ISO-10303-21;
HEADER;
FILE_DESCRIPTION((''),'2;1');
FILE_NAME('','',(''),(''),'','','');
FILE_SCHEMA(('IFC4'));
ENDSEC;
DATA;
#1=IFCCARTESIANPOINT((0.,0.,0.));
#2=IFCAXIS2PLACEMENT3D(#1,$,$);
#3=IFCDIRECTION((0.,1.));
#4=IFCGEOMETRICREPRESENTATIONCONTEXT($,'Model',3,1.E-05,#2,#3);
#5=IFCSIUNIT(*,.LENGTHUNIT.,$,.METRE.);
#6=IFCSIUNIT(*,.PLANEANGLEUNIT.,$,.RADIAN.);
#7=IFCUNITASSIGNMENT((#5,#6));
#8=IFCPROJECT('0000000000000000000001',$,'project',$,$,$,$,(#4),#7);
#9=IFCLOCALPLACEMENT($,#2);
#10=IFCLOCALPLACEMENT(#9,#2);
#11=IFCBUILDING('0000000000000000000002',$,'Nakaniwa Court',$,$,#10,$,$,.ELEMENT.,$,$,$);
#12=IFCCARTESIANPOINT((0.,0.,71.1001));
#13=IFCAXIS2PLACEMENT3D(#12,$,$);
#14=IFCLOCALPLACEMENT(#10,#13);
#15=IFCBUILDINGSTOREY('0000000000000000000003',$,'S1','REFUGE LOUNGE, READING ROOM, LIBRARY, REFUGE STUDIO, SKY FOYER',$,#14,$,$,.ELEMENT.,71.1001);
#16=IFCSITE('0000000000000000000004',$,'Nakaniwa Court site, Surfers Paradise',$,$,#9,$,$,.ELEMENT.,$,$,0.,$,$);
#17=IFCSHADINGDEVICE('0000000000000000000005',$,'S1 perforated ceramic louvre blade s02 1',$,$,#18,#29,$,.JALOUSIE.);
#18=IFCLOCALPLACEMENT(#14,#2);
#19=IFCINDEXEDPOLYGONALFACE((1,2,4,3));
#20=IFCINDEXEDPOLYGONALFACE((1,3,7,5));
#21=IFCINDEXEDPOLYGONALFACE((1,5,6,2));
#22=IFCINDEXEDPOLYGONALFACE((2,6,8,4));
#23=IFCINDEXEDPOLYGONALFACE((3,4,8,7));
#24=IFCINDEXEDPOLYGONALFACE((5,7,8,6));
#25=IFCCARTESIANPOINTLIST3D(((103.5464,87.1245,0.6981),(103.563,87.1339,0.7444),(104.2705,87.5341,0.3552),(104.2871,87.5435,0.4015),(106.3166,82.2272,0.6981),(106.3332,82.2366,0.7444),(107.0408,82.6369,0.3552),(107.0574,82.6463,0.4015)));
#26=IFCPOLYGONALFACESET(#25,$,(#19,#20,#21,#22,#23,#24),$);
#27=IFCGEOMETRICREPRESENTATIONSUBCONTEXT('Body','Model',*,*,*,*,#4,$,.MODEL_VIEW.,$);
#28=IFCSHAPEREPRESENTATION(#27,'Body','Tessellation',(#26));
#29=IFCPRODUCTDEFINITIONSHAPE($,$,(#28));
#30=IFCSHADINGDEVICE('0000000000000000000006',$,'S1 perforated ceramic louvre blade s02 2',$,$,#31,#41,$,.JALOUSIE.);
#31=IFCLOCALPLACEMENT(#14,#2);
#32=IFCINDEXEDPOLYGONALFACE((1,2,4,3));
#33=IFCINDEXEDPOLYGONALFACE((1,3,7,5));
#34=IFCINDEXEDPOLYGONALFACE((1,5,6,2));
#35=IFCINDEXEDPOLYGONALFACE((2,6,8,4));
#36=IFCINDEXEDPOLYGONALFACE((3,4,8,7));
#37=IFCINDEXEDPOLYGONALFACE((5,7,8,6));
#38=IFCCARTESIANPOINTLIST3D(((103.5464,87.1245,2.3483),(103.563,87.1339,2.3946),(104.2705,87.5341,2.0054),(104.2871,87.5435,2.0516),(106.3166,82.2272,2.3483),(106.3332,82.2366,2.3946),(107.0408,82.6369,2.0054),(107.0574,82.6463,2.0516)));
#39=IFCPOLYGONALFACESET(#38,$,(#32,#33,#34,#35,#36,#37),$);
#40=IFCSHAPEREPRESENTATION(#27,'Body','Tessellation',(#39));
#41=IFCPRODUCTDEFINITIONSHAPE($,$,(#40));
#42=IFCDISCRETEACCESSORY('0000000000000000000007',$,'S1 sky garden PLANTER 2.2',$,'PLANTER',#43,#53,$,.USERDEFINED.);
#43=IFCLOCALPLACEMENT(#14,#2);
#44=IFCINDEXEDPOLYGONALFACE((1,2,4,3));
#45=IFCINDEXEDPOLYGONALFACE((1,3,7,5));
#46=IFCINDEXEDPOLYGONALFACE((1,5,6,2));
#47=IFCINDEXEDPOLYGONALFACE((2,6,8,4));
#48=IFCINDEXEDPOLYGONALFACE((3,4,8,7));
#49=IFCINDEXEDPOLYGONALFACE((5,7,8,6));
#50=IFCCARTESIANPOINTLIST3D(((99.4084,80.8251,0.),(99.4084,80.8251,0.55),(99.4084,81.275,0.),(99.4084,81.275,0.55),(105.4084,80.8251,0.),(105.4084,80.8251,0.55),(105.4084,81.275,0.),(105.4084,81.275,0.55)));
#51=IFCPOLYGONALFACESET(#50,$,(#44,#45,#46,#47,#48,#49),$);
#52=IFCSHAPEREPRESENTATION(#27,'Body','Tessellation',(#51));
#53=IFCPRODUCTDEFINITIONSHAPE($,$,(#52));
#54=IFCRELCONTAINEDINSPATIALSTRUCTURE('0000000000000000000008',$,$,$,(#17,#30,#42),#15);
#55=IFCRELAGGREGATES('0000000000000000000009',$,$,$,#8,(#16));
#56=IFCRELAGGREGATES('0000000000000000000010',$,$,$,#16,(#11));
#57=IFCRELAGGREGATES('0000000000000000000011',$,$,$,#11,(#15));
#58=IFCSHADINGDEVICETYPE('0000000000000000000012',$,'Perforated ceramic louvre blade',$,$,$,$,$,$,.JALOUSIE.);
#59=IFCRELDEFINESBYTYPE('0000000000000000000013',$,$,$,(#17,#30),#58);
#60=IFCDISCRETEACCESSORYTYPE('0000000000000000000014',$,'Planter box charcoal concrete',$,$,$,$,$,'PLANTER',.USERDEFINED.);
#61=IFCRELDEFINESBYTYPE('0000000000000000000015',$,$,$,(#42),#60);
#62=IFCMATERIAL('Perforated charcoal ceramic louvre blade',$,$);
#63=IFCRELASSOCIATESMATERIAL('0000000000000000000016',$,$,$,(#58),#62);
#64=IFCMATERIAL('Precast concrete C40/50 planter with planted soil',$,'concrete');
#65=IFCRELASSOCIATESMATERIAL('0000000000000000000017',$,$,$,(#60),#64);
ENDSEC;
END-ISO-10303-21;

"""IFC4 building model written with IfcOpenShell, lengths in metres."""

from ifc_helpers import new_model, si_unit, direction, frame, origin, origin_2d, place, context, subcontext, project, spatial, rectangle, extrude, material, material_profile, profile_set, type_object, element, save


model = new_model("IFC4")

# Units and contexts
model_context = context("Model", 3, precision=1e-05, world=origin(), true_north=direction((0.0, 1.0)))
body_context = subcontext(model_context, "Body", "Model", "MODEL_VIEW")
ifc_project = project(units=[si_unit("LENGTHUNIT", "METRE"), si_unit("PLANEANGLEUNIT", "RADIAN")], contexts=[model_context])

# Site, building, storey
site_placement = place(None, origin())
site = spatial("IfcSite", under=ifc_project, at=site_placement, Name="Nakaniwa Court site, Surfers Paradise", CompositionType="ELEMENT", RefElevation=0.0)
building_placement = place(site_placement, origin())
building = spatial("IfcBuilding", under=site, at=building_placement, Name="Nakaniwa Court", CompositionType="ELEMENT")
storey_placement = place(building_placement, frame((0.0, 0.0, 71.1001)))
storey = spatial("IfcBuildingStorey", under=building, at=storey_placement, Name="S1", Description="REFUGE LOUNGE, READING ROOM, LIBRARY, REFUGE STUDIO, SKY FOYER", CompositionType="ELEMENT", Elevation=71.1001)

# Shading devices
ifc_material_1 = material(Name="Perforated charcoal ceramic louvre blade")
ifc_material_profile_1 = material_profile(ifc_material_1, rectangle(XDim=0.8999, YDim=0.05, at=origin_2d()), Name="Perforated ceramic louvre blade")
ifc_profile_set_1 = profile_set([ifc_material_profile_1], Name="Perforated charcoal ceramic louvre blade")
shading_device_type = type_object("IfcShadingDeviceType", Name="Perforated ceramic louvre blade", PredefinedType="JALOUSIE", material=ifc_profile_set_1)
for number, where, z_axis, x_axis, name in (
    (1, (106.687, 82.4368, 0.5498), (-0.492363, 0.87039, 0.0), (-0.804715, -0.455212, 0.38107), "S1 perforated ceramic louvre blade s02 1"),
    (2, (106.687, 82.4368, 2.2), (-0.492363, 0.87039, 0.0), (-0.804715, -0.455212, 0.38107), "S1 perforated ceramic louvre blade s02 2"),
):
    element("IfcShadingDevice", number, at=place(storey_placement, frame(where, z_axis=z_axis, x_axis=x_axis)), inside=storey, type_object=shading_device_type, Name=name, PredefinedType="JALOUSIE", context=body_context, shape_type="SweptSolid", body=[
        extrude(rectangle(XDim=0.8999, YDim=0.05, at=origin_2d()), origin(), (0.0, 0.0, 1.0), 5.6265),
    ])

# Discrete accessory
ifc_material_2 = material(Name="Precast concrete C40/50 planter with planted soil", Category="concrete")
discrete_accessory_type = type_object("IfcDiscreteAccessoryType", Name="Planter box charcoal concrete", ElementType="PLANTER", PredefinedType="USERDEFINED", material=ifc_material_2)
discrete_accessory_placement = place(storey_placement, frame((102.4084, 81.05, 0.0), z_axis=(0.0, 0.0, 1.0), x_axis=(1.0, 0.0, 0.0)))
element("IfcDiscreteAccessory", 3, at=discrete_accessory_placement, inside=storey, type_object=discrete_accessory_type, Name="S1 sky garden PLANTER 2.2", ObjectType="PLANTER", PredefinedType="USERDEFINED", context=body_context, shape_type="SweptSolid", body=[
    extrude(rectangle(XDim=6.0, YDim=0.45, at=origin_2d()), origin(), (0.0, 0.0, 1.0), 0.55),
])

save(model, "model.ifc")
